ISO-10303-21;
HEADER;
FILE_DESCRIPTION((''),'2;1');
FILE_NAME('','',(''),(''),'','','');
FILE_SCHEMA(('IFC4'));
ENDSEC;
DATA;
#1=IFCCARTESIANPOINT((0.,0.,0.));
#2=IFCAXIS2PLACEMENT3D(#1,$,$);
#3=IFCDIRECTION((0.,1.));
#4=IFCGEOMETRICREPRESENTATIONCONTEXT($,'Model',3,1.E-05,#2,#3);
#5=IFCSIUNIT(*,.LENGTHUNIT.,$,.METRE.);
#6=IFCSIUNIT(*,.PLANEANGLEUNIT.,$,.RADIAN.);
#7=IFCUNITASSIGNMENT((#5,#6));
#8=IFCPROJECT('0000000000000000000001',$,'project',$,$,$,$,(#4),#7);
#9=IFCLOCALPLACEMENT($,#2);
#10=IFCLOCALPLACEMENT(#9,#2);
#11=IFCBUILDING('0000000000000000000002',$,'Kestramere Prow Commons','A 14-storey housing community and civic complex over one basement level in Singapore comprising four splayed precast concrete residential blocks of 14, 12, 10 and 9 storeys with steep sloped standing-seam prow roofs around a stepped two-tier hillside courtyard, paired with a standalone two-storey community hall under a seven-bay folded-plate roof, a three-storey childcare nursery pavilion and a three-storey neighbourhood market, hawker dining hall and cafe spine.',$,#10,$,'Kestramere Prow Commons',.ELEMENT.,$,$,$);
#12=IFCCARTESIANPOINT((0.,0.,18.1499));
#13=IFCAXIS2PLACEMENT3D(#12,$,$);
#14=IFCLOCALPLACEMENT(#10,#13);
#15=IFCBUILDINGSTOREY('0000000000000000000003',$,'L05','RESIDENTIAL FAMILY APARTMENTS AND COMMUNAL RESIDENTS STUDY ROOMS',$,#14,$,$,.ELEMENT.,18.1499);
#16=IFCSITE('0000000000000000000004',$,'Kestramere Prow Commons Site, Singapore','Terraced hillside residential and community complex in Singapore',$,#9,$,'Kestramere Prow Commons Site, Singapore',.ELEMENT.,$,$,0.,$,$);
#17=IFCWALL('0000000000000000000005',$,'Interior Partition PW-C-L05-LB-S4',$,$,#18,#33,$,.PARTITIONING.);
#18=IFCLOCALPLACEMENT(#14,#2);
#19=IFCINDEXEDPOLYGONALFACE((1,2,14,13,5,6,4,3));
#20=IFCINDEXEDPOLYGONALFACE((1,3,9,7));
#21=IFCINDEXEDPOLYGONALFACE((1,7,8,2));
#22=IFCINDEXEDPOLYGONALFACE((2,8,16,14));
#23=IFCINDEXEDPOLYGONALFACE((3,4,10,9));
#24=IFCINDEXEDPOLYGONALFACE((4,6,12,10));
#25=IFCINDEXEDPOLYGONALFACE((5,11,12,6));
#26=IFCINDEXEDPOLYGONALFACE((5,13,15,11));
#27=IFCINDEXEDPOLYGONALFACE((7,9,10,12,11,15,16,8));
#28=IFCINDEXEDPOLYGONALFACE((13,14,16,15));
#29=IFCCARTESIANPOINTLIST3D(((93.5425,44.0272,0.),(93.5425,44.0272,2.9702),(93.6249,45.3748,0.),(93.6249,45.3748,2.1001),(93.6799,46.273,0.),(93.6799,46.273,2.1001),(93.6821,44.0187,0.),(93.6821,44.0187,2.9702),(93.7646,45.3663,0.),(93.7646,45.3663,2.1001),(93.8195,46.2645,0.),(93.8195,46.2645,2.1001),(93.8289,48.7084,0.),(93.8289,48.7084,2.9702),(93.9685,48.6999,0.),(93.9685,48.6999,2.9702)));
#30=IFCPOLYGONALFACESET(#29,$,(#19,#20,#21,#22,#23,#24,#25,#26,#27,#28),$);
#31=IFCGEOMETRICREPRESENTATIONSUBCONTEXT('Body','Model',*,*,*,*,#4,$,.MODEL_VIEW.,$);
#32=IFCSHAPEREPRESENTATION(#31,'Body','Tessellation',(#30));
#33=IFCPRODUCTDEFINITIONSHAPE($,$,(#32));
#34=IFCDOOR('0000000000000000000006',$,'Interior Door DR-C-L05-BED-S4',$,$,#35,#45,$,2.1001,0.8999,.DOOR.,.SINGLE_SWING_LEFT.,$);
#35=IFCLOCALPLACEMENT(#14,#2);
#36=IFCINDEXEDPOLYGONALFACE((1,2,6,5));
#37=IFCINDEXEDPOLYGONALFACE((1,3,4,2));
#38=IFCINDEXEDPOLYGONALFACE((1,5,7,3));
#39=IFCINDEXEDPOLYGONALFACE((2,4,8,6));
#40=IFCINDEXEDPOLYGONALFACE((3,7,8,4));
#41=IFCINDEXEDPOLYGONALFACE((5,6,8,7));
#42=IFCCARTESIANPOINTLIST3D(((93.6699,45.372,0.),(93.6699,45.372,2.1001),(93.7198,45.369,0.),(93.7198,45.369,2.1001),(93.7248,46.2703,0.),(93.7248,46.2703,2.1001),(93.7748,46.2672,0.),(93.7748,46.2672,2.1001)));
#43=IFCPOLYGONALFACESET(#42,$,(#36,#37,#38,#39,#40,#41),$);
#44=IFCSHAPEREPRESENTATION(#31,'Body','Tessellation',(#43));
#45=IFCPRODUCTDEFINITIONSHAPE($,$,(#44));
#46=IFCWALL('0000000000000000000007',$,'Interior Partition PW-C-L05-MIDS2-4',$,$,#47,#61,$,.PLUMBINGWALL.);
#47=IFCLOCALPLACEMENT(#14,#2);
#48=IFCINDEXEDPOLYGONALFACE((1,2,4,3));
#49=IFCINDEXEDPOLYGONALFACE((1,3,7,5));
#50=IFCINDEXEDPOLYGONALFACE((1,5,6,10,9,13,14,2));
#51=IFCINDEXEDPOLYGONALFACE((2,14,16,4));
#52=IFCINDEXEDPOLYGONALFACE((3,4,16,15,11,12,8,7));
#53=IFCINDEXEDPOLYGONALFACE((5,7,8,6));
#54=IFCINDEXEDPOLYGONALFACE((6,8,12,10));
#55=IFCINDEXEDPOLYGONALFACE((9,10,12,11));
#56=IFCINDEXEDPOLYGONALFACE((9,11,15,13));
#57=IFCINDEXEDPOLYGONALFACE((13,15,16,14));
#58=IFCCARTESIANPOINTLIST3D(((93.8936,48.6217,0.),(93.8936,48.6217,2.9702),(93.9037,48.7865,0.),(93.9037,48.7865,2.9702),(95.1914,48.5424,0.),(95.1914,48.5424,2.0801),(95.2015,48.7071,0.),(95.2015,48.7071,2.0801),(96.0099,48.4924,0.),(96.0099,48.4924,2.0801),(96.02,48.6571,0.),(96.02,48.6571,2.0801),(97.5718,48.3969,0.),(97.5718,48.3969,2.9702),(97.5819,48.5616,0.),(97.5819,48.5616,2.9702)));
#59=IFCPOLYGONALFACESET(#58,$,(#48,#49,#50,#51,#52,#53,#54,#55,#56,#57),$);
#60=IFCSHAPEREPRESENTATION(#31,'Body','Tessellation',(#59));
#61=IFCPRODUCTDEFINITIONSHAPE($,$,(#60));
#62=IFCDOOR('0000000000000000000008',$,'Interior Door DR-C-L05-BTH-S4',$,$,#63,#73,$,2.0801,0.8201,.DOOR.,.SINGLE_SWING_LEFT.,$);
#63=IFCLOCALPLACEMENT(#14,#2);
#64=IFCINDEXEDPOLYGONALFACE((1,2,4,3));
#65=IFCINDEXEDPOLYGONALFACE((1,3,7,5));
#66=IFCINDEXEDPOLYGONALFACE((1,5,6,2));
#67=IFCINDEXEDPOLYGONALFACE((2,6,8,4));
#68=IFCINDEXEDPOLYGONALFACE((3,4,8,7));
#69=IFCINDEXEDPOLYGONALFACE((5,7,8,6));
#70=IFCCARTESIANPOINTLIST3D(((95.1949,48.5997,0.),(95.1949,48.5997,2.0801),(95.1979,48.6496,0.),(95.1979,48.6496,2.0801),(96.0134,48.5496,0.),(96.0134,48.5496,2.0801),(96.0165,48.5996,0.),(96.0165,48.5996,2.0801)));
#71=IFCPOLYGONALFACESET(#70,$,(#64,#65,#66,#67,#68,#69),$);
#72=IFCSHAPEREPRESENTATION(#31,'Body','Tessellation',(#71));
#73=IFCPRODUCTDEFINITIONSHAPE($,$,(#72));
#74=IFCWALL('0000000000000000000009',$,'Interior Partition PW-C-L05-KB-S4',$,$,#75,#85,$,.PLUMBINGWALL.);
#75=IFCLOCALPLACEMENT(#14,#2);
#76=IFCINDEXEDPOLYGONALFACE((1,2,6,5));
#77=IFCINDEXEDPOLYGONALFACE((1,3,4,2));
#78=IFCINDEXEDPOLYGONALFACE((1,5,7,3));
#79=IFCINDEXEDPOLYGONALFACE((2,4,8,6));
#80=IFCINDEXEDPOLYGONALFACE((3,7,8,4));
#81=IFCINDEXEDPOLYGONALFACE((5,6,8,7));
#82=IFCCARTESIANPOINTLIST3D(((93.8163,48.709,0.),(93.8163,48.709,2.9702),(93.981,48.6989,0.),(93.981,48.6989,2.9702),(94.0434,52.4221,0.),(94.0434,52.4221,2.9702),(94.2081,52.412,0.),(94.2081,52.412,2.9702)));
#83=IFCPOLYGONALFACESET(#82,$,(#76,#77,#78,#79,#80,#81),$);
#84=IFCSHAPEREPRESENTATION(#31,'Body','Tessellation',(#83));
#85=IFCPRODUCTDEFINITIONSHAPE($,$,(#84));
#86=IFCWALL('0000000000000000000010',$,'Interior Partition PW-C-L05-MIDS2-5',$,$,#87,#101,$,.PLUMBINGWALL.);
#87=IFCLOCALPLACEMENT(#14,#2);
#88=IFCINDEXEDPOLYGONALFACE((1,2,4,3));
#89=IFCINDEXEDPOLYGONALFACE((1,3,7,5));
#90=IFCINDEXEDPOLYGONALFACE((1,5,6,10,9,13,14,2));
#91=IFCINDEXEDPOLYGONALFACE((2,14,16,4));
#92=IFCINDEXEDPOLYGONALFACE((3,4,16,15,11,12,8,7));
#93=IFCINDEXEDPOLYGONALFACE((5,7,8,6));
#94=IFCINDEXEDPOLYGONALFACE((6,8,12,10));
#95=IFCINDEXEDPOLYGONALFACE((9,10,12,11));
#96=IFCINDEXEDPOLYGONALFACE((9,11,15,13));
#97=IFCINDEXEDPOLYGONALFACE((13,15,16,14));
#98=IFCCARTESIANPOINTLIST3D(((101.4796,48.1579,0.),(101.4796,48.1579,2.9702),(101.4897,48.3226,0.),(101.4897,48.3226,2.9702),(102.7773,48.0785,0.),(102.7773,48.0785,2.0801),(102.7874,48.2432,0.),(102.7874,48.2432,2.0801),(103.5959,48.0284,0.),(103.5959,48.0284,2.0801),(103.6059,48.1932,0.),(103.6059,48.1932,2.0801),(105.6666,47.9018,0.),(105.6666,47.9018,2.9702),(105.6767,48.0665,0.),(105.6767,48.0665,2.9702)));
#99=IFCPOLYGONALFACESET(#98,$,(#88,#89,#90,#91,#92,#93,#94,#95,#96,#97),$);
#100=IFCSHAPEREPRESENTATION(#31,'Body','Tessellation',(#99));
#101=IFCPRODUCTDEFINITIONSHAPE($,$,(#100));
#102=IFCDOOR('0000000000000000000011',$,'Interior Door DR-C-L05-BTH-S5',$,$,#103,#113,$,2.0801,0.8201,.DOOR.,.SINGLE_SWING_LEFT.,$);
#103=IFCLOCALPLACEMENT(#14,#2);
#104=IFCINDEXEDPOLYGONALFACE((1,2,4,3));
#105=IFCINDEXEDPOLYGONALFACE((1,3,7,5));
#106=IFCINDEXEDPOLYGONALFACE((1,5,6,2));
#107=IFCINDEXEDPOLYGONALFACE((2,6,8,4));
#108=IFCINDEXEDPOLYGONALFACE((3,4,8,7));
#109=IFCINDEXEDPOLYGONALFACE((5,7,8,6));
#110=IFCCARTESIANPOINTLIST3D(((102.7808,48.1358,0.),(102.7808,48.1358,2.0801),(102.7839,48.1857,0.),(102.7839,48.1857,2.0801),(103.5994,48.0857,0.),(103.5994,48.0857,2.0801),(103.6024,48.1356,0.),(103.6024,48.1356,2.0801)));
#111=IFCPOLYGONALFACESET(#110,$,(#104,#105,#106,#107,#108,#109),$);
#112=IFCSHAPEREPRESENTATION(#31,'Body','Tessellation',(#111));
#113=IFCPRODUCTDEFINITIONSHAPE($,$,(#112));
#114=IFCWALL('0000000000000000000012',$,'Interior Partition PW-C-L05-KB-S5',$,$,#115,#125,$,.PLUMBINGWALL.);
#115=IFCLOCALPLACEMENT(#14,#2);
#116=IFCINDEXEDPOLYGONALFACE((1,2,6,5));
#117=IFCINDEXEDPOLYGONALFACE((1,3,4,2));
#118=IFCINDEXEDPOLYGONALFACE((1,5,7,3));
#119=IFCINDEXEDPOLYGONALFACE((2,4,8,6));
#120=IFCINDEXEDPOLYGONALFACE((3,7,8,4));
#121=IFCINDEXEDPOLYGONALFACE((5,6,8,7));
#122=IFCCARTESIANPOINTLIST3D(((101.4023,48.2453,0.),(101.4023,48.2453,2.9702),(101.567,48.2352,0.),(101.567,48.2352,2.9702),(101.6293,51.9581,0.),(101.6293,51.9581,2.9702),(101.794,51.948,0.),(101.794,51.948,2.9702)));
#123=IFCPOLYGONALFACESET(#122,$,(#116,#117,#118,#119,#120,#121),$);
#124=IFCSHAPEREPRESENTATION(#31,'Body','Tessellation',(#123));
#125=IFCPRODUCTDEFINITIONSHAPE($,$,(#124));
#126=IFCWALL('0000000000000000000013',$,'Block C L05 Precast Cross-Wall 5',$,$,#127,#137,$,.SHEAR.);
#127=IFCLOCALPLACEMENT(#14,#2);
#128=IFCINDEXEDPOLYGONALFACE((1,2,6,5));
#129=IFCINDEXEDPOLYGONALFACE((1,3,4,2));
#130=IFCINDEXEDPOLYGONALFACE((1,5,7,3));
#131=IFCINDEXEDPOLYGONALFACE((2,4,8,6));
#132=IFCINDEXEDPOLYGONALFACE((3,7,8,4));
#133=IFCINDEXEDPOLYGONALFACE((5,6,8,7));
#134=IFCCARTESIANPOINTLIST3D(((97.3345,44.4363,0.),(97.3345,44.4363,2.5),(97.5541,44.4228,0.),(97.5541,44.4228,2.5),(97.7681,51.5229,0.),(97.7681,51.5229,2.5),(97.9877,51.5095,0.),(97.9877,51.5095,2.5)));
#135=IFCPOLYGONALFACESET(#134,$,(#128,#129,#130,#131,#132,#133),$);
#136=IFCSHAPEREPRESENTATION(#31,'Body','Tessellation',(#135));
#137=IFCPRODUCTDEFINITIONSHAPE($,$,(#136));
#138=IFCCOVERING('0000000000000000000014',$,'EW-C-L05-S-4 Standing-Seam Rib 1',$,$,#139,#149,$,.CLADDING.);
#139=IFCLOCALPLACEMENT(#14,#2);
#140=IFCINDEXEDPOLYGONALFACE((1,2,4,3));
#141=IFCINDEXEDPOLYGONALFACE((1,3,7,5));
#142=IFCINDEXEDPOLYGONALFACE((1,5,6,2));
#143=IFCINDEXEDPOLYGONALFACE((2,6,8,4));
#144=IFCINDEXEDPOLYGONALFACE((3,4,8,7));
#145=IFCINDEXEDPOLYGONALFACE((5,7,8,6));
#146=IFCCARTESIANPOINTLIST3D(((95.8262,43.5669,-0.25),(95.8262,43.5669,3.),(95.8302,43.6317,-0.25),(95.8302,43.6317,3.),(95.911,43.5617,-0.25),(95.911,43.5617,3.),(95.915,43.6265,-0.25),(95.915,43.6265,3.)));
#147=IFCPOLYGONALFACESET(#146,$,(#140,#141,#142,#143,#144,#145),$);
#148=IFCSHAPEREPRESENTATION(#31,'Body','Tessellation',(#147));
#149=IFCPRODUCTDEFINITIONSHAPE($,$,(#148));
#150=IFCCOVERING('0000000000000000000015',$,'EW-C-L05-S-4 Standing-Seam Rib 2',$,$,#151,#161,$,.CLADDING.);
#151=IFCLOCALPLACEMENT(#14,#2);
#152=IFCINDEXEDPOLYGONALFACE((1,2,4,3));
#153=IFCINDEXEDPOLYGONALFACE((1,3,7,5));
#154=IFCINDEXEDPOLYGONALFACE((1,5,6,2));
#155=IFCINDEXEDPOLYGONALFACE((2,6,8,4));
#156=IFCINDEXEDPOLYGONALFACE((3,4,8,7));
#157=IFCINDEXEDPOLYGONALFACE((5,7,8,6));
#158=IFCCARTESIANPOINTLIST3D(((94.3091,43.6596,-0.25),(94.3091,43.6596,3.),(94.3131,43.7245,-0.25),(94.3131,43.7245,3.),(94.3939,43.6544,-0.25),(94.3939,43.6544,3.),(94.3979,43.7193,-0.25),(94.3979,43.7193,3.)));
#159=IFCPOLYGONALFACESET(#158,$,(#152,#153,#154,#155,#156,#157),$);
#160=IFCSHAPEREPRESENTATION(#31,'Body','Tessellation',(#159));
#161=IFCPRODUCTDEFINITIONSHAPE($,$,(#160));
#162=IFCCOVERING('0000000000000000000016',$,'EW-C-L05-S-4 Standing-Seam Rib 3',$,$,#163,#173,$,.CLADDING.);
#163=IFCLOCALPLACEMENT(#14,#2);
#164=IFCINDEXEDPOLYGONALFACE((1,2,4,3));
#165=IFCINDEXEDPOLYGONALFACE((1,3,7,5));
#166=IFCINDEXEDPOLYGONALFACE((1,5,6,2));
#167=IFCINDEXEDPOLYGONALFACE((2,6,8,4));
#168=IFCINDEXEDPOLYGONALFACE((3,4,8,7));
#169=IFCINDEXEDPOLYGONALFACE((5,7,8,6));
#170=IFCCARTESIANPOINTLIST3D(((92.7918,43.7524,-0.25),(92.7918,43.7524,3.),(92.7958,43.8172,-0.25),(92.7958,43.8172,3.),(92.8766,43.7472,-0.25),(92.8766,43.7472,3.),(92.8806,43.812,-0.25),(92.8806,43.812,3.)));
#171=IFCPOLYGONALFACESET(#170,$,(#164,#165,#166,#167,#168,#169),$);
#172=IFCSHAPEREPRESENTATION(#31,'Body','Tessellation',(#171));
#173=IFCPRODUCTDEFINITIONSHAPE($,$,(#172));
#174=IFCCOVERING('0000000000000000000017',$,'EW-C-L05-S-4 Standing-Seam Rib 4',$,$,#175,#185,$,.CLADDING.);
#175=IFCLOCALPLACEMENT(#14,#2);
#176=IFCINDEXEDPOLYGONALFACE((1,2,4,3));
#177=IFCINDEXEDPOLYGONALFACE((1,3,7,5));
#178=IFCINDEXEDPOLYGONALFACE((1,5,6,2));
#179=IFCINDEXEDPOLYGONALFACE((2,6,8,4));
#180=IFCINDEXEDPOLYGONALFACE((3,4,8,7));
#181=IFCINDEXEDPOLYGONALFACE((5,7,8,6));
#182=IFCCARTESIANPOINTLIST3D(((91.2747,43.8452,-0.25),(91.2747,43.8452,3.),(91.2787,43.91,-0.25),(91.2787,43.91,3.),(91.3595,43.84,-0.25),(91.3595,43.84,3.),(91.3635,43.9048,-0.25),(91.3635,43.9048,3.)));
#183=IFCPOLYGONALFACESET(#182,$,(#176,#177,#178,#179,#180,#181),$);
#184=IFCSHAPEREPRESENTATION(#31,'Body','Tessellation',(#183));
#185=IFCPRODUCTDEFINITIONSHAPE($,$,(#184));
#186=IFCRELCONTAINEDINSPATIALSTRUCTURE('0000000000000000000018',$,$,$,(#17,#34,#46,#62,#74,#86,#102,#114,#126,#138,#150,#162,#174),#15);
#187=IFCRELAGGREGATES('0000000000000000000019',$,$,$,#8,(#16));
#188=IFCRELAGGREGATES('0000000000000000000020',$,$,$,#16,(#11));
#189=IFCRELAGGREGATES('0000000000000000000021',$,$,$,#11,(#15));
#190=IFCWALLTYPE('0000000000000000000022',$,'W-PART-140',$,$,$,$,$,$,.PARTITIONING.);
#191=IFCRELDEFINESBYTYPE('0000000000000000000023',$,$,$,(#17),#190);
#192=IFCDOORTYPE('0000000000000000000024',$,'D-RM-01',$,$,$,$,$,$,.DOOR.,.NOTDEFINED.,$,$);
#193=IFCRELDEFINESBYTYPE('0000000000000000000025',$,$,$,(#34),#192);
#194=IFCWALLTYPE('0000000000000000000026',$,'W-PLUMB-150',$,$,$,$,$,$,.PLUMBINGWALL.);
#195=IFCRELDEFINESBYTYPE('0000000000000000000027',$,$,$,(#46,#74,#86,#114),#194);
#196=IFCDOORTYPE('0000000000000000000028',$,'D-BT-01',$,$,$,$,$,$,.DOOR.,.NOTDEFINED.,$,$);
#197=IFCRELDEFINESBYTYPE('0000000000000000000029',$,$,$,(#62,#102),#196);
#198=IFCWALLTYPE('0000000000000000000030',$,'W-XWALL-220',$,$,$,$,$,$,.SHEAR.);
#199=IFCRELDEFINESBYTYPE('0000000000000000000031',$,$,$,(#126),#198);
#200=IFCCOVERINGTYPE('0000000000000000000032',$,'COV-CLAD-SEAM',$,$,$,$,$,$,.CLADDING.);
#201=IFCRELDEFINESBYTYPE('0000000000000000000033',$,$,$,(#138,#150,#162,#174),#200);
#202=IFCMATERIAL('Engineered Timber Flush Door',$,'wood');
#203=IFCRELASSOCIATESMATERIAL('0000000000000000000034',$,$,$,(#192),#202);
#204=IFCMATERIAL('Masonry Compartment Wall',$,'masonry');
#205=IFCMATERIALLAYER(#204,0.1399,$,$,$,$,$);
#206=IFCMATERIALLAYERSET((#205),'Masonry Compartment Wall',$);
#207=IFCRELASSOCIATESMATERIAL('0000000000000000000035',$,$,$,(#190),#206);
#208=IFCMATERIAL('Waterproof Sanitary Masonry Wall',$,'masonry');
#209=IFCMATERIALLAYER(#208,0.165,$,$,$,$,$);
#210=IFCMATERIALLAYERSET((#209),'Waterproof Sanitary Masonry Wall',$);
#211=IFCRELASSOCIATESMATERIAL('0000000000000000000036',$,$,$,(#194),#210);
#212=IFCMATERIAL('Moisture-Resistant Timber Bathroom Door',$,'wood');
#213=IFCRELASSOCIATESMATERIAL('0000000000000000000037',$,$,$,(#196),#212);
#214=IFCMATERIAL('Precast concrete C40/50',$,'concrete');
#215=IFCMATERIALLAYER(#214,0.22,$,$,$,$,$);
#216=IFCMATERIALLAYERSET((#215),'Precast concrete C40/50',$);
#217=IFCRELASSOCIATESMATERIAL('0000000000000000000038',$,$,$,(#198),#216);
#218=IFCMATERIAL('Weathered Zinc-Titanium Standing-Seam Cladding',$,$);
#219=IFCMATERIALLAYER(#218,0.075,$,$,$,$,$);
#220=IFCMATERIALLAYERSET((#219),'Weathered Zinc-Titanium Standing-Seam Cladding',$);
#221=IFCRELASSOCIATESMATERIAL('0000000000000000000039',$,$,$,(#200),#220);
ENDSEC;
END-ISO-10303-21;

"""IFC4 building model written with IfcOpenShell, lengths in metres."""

from ifc_helpers import new_model, si_unit, direction, frame, frame_2d, origin, origin_2d, place, context, subcontext, project, spatial, rectangle, extrude, material, layer, layer_set, type_object, element, fill, save


model = new_model("IFC4")

# Units and contexts
model_context = context("Model", 3, precision=1e-05, world=origin(), true_north=direction((0.0, 1.0)))
body_context = subcontext(model_context, "Body", "Model", "MODEL_VIEW")
ifc_project = project(units=[si_unit("LENGTHUNIT", "METRE"), si_unit("PLANEANGLEUNIT", "RADIAN")], contexts=[model_context])

# Site, building, storey
site_placement = place(None, origin())
site = spatial("IfcSite", under=ifc_project, at=site_placement, Name="Kestramere Prow Commons Site, Singapore", Description="Terraced hillside residential and community complex in Singapore", LongName="Kestramere Prow Commons Site, Singapore", CompositionType="ELEMENT", RefElevation=0.0)
building_placement = place(site_placement, origin())
building = spatial("IfcBuilding", under=site, at=building_placement, Name="Kestramere Prow Commons", Description="A 14-storey housing community and civic complex over one basement level in Singapore comprising four splayed precast concrete residential blocks of 14, 12, 10 and 9 storeys with steep sloped standing-seam prow roofs around a stepped two-tier hillside courtyard, paired with a standalone two-storey community hall under a seven-bay folded-plate roof, a three-storey childcare nursery pavilion and a three-storey neighbourhood market, hawker dining hall and cafe spine.", LongName="Kestramere Prow Commons", CompositionType="ELEMENT")
storey_placement = place(building_placement, frame((0.0, 0.0, 18.1499)))
storey = spatial("IfcBuildingStorey", under=building, at=storey_placement, Name="L05", Description="RESIDENTIAL FAMILY APARTMENTS AND COMMUNAL RESIDENTS STUDY ROOMS", CompositionType="ELEMENT", Elevation=18.1499)

# Shared definitions
ifc_material_1 = material(Name="Precast concrete C40/50", Category="concrete")

# Walls, openings, doors
ifc_material_2 = material(Name="Engineered Timber Flush Door", Category="wood")
door_type_1 = type_object("IfcDoorType", Name="D-RM-01", OperationType="NOTDEFINED", PredefinedType="DOOR", material=ifc_material_2)
ifc_material_3 = material(Name="Masonry Compartment Wall", Category="masonry")
ifc_layer_1 = layer(ifc_material_3, 0.1399)
ifc_layer_set_1 = layer_set([ifc_layer_1], Name="Masonry Compartment Wall")
wall_type_1 = type_object("IfcWallType", Name="W-PART-140", PredefinedType="PARTITIONING", material=ifc_layer_set_1)
wall_1_placement = place(storey_placement, frame((93.6123, 44.0229, 0.0), z_axis=(0.0, 0.0, 1.0), x_axis=(0.061062, 0.998134, 0.0)))
wall_1 = element("IfcWall", 1, at=wall_1_placement, inside=storey, type_object=wall_type_1, Name="Interior Partition PW-C-L05-LB-S4", PredefinedType="PARTITIONING", context=body_context, shape_type="SweptSolid", body=[
    extrude(rectangle(XDim=4.6899, YDim=0.1399, at=frame_2d((2.345, 0.0))), origin(), (0.0, 0.0, 1.0), 2.9702),
])
opening_1_placement = place(wall_1_placement, frame((1.3501, 0.0, 0.0)))
opening_1 = element("IfcOpeningElement", 2, at=opening_1_placement, cuts=wall_1, PredefinedType="OPENING", context=body_context, shape_type="SweptSolid", body=[
    extrude(rectangle(XDim=0.8999, YDim=2.1001, at=frame_2d((0.45, 1.05))), frame((0.0, 0.085, 0.0), z_axis=(0.0, -1.0, 0.0), x_axis=(1.0, 0.0, 0.0)), (0.0, 0.0, 1.0), 0.1699),
])
door_1_placement = place(opening_1_placement, origin())
door_1 = element("IfcDoor", 3, at=door_1_placement, inside=storey, type_object=door_type_1, Name="Interior Door DR-C-L05-BED-S4", OperationType="SINGLE_SWING_LEFT", OverallHeight=2.1001, OverallWidth=0.8999, PredefinedType="DOOR", context=body_context, shape_type="SweptSolid", body=[
    extrude(rectangle(XDim=0.8999, YDim=2.1001, at=frame_2d((0.45, 1.05))), frame((0.0, 0.0249, 0.0), z_axis=(0.0, -1.0, 0.0), x_axis=(1.0, 0.0, 0.0)), (0.0, 0.0, 1.0), 0.05),
])
fill(opening_1, door_1)
ifc_material_4 = material(Name="Waterproof Sanitary Masonry Wall", Category="masonry")
ifc_layer_2 = layer(ifc_material_4, 0.165)
ifc_layer_set_2 = layer_set([ifc_layer_2], Name="Waterproof Sanitary Masonry Wall")
wall_type_2 = type_object("IfcWallType", Name="W-PLUMB-150", PredefinedType="PLUMBINGWALL", material=ifc_layer_set_2)
wall_2_placement = place(storey_placement, frame((93.8987, 48.7041, 0.0), z_axis=(0.0, 0.0, 1.0), x_axis=(0.998137, -0.061017, 0.0)))
wall_2 = element("IfcWall", 4, at=wall_2_placement, inside=storey, type_object=wall_type_2, Name="Interior Partition PW-C-L05-MIDS2-4", PredefinedType="PLUMBINGWALL", context=body_context, shape_type="SweptSolid", body=[
    extrude(rectangle(XDim=3.6851, YDim=0.165, at=frame_2d((1.8425, 0.0))), origin(), (0.0, 0.0, 1.0), 2.9702),
])
opening_2_placement = place(wall_2_placement, frame((1.3, 0.0, 0.0)))
opening_2 = element("IfcOpeningElement", 5, at=opening_2_placement, cuts=wall_2, PredefinedType="OPENING", context=body_context, shape_type="SweptSolid", body=[
    extrude(rectangle(XDim=0.8201, YDim=2.0801, at=frame_2d((0.4102, 1.04))), frame((0.0, 0.0974, 0.0), z_axis=(0.0, -1.0, 0.0), x_axis=(1.0, 0.0, 0.0)), (0.0, 0.0, 1.0), 0.1951),
])
ifc_material_5 = material(Name="Moisture-Resistant Timber Bathroom Door", Category="wood")
door_type_2 = type_object("IfcDoorType", Name="D-BT-01", OperationType="NOTDEFINED", PredefinedType="DOOR", material=ifc_material_5)
door_2_placement = place(opening_2_placement, origin())
door_2 = element("IfcDoor", 6, at=door_2_placement, inside=storey, type_object=door_type_2, Name="Interior Door DR-C-L05-BTH-S4", OperationType="SINGLE_SWING_LEFT", OverallHeight=2.0801, OverallWidth=0.8201, PredefinedType="DOOR", context=body_context, shape_type="SweptSolid", body=[
    extrude(rectangle(XDim=0.8201, YDim=2.0801, at=frame_2d((0.4102, 1.04))), frame((0.0, 0.0249, 0.0), z_axis=(0.0, -1.0, 0.0), x_axis=(1.0, 0.0, 0.0)), (0.0, 0.0, 1.0), 0.05),
])
fill(opening_2, door_2)

# Wall
wall_3_placement = place(storey_placement, frame((93.8987, 48.7041, 0.0), z_axis=(0.0, 0.0, 1.0), x_axis=(0.061034, 0.998136, 0.0)))
element("IfcWall", 7, at=wall_3_placement, inside=storey, type_object=wall_type_2, Name="Interior Partition PW-C-L05-KB-S4", PredefinedType="PLUMBINGWALL", context=body_context, shape_type="SweptSolid", body=[
    extrude(rectangle(XDim=3.72, YDim=0.165, at=frame_2d((1.8599, 0.0))), origin(), (0.0, 0.0, 1.0), 2.9702),
])

# Wall, opening, door
wall_4_placement = place(storey_placement, frame((101.4846, 48.2402, 0.0), z_axis=(0.0, 0.0, 1.0), x_axis=(0.998135, -0.061052, 0.0)))
wall_4 = element("IfcWall", 8, at=wall_4_placement, inside=storey, type_object=wall_type_2, Name="Interior Partition PW-C-L05-MIDS2-5", PredefinedType="PLUMBINGWALL", context=body_context, shape_type="SweptSolid", body=[
    extrude(rectangle(XDim=4.1948, YDim=0.165, at=frame_2d((2.0974, 0.0))), origin(), (0.0, 0.0, 1.0), 2.9702),
])
opening_3_placement = place(wall_4_placement, frame((1.3, 0.0, 0.0)))
opening_3 = element("IfcOpeningElement", 9, at=opening_3_placement, cuts=wall_4, PredefinedType="OPENING", context=body_context, shape_type="SweptSolid", body=[
    extrude(rectangle(XDim=0.8201, YDim=2.0801, at=frame_2d((0.4102, 1.04))), frame((0.0, 0.0974, 0.0), z_axis=(0.0, -1.0, 0.0), x_axis=(1.0, 0.0, 0.0)), (0.0, 0.0, 1.0), 0.1951),
])
door_3_placement = place(opening_3_placement, origin())
door_3 = element("IfcDoor", 10, at=door_3_placement, inside=storey, type_object=door_type_2, Name="Interior Door DR-C-L05-BTH-S5", OperationType="SINGLE_SWING_LEFT", OverallHeight=2.0801, OverallWidth=0.8201, PredefinedType="DOOR", context=body_context, shape_type="SweptSolid", body=[
    extrude(rectangle(XDim=0.8201, YDim=2.0801, at=frame_2d((0.4102, 1.04))), frame((0.0, 0.0249, 0.0), z_axis=(0.0, -1.0, 0.0), x_axis=(1.0, 0.0, 0.0)), (0.0, 0.0, 1.0), 0.05),
])
fill(opening_3, door_3)

# Walls
wall_5_placement = place(storey_placement, frame((101.4846, 48.2402, 0.0), z_axis=(0.0, 0.0, 1.0), x_axis=(0.061038, 0.998135, 0.0)))
element("IfcWall", 11, at=wall_5_placement, inside=storey, type_object=wall_type_2, Name="Interior Partition PW-C-L05-KB-S5", PredefinedType="PLUMBINGWALL", context=body_context, shape_type="SweptSolid", body=[
    extrude(rectangle(XDim=3.7197, YDim=0.165, at=frame_2d((1.8599, 0.0))), origin(), (0.0, 0.0, 1.0), 2.9702),
])
ifc_layer_3 = layer(ifc_material_1, 0.22)
ifc_layer_set_3 = layer_set([ifc_layer_3], Name="Precast concrete C40/50")
wall_type_3 = type_object("IfcWallType", Name="W-XWALL-220", PredefinedType="SHEAR", material=ifc_layer_set_3)
wall_6_placement = place(storey_placement, frame((97.4443, 44.4297, 0.0), z_axis=(0.0, 0.0, 1.0), x_axis=(0.06107, 0.998133, 0.0)))
element("IfcWall", 12, at=wall_6_placement, inside=storey, type_object=wall_type_3, Name="Block C L05 Precast Cross-Wall 5", PredefinedType="SHEAR", context=body_context, shape_type="SweptSolid", body=[
    extrude(rectangle(XDim=7.0999, YDim=0.22, at=frame_2d((3.5498, 0.0))), origin(), (0.0, 0.0, 1.0), 2.5),
])

# Coverings
ifc_material_6 = material(Name="Weathered Zinc-Titanium Standing-Seam Cladding")
ifc_layer_4 = layer(ifc_material_6, 0.075)
ifc_layer_set_4 = layer_set([ifc_layer_4], Name="Weathered Zinc-Titanium Standing-Seam Cladding")
covering_type = type_object("IfcCoveringType", Name="COV-CLAD-SEAM", PredefinedType="CLADDING", material=ifc_layer_set_4)
for number, where, z_axis, x_axis, name in (
    (13, (95.8706, 43.5967, -0.25), (0.0, 0.0, 1.0), (-0.998135, 0.061049, 0.0), "EW-C-L05-S-4 Standing-Seam Rib 1"),
    (14, (94.3535, 43.6895, -0.25), (0.0, 0.0, 1.0), (-0.998135, 0.061049, 0.0), "EW-C-L05-S-4 Standing-Seam Rib 2"),
    (15, (92.8362, 43.7822, -0.25), (0.0, 0.0, 1.0), (-0.998135, 0.061049, 0.0), "EW-C-L05-S-4 Standing-Seam Rib 3"),
    (16, (91.3191, 43.875, -0.25), (0.0, 0.0, 1.0), (-0.998135, 0.061049, 0.0), "EW-C-L05-S-4 Standing-Seam Rib 4"),
):
    element("IfcCovering", number, at=place(storey_placement, frame(where, z_axis=z_axis, x_axis=x_axis)), inside=storey, type_object=covering_type, Name=name, PredefinedType="CLADDING", context=body_context, shape_type="SweptSolid", body=[
        extrude(rectangle(XDim=0.085, YDim=0.0649, at=origin_2d()), origin(), (0.0, 0.0, 1.0), 3.25),
    ])

save(model, "model.ifc")
